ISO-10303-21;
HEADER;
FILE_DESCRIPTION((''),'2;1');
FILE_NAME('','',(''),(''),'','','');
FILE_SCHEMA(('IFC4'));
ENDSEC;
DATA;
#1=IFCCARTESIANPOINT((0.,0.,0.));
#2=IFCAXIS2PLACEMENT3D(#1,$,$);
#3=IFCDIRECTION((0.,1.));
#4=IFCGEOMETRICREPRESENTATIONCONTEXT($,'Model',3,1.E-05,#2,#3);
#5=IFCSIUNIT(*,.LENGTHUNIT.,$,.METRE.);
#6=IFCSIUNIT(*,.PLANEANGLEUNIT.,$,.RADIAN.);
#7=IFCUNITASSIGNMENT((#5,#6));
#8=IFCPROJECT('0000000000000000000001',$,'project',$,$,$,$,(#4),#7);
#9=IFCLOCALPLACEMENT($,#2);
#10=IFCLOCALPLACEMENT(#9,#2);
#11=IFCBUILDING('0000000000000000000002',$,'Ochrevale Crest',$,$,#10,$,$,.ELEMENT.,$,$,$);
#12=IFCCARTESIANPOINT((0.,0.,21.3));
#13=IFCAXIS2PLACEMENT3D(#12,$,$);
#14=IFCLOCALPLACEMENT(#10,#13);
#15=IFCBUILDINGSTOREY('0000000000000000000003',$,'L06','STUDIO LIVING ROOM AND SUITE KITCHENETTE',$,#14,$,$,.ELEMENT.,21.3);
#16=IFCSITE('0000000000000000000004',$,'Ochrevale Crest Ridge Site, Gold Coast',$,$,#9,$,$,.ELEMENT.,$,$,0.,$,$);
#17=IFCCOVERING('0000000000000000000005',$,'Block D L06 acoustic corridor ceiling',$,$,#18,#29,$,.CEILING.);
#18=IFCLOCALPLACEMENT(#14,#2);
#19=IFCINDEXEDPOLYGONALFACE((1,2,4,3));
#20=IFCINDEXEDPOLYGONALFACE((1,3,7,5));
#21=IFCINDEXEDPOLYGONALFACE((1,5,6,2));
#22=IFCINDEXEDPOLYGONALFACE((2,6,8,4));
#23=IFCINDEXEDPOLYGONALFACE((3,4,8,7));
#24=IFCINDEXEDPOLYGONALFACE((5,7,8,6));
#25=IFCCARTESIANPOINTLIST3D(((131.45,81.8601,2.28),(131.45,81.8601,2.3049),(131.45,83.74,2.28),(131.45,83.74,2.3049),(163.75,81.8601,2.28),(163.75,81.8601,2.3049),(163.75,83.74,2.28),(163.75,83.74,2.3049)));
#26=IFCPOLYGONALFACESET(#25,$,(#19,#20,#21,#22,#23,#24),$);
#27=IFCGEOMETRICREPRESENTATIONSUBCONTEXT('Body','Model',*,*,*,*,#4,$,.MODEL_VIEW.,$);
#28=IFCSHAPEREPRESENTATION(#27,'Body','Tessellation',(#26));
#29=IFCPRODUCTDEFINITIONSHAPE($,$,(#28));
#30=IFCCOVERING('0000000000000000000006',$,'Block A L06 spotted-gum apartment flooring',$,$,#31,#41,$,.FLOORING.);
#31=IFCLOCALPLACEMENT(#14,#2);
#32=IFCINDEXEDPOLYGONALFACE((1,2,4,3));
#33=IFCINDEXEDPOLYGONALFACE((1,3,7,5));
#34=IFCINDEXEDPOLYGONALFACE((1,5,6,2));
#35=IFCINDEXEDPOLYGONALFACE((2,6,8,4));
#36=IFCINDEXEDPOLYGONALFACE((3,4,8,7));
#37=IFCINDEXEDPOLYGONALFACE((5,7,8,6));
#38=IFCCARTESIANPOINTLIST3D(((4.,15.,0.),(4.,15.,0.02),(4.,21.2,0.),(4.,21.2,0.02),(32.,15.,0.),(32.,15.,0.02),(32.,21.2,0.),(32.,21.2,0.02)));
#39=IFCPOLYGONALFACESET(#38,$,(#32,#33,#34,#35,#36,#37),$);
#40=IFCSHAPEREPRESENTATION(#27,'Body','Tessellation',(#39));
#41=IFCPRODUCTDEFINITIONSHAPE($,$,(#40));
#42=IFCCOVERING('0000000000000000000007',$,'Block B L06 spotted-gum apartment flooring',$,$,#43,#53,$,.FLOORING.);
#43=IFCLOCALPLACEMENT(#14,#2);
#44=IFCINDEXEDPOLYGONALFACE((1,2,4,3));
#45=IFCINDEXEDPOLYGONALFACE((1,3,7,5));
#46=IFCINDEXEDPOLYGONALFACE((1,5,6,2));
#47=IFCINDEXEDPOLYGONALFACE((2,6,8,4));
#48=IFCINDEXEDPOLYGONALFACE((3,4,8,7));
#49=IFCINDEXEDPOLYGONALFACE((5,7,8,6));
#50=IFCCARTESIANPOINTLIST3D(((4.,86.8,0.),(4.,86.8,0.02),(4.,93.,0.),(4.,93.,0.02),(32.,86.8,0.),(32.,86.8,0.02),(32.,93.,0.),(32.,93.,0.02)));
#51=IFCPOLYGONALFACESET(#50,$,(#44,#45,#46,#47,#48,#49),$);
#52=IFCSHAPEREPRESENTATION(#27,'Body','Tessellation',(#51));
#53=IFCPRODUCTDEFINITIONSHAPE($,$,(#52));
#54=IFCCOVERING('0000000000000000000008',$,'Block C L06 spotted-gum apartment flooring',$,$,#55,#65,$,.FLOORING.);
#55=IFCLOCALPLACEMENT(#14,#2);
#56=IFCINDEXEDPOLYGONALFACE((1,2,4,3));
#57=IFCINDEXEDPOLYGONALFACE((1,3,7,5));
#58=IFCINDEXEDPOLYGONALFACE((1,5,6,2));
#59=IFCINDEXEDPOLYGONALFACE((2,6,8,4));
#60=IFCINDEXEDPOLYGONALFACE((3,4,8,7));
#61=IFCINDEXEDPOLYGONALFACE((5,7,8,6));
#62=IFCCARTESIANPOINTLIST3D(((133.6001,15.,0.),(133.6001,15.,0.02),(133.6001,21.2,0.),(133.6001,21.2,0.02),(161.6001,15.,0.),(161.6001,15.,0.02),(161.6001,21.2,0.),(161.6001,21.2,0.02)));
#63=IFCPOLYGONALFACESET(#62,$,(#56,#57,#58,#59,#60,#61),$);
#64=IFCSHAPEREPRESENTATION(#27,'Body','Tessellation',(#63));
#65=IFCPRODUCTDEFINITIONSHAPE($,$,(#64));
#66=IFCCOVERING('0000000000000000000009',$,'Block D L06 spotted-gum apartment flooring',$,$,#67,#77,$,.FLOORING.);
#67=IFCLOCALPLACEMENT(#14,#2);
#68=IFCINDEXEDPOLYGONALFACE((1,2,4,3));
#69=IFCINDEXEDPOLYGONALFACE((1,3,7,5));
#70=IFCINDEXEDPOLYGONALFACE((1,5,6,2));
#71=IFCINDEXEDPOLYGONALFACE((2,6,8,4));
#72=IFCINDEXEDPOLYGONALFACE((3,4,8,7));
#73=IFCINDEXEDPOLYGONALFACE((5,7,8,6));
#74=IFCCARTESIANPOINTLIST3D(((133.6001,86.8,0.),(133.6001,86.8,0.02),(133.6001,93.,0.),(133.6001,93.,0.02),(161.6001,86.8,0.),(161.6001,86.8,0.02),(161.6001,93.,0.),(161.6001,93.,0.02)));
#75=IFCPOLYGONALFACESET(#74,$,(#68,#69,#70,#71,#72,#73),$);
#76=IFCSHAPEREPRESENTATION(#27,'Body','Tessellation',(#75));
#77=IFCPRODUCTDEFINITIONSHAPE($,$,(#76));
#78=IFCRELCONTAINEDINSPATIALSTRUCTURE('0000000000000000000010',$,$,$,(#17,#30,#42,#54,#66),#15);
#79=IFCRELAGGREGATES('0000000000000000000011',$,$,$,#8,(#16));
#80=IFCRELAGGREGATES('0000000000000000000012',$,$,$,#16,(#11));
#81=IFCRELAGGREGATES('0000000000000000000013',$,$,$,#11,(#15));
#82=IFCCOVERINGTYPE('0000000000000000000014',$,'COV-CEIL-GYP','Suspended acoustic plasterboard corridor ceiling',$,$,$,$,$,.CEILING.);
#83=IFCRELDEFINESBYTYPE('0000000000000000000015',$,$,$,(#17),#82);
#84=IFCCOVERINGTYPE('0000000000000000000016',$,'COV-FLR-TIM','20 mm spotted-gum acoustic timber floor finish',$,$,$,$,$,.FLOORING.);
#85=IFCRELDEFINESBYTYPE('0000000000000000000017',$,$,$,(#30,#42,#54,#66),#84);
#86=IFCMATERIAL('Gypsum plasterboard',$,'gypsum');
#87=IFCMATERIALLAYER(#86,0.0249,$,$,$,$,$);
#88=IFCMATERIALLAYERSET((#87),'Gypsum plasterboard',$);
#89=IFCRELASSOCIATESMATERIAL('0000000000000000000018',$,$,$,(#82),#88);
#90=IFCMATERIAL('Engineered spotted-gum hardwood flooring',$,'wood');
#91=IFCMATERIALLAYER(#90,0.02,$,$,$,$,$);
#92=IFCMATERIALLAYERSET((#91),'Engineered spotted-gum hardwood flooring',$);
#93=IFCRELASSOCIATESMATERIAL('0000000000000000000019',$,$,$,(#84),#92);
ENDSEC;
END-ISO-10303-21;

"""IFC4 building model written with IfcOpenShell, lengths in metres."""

from ifc_helpers import new_model, si_unit, direction, frame, origin, place, context, subcontext, project, spatial, polyline, outline, extrude, material, layer, layer_set, type_object, element, save


model = new_model("IFC4")

# Units and contexts
model_context = context("Model", 3, precision=1e-05, world=origin(), true_north=direction((0.0, 1.0)))
body_context = subcontext(model_context, "Body", "Model", "MODEL_VIEW")
ifc_project = project(units=[si_unit("LENGTHUNIT", "METRE"), si_unit("PLANEANGLEUNIT", "RADIAN")], contexts=[model_context])

# Site, building, storey
site_placement = place(None, origin())
site = spatial("IfcSite", under=ifc_project, at=site_placement, Name="Ochrevale Crest Ridge Site, Gold Coast", CompositionType="ELEMENT", RefElevation=0.0)
building_placement = place(site_placement, origin())
building = spatial("IfcBuilding", under=site, at=building_placement, Name="Ochrevale Crest", CompositionType="ELEMENT")
storey_placement = place(building_placement, frame((0.0, 0.0, 21.3)))
storey = spatial("IfcBuildingStorey", under=building, at=storey_placement, Name="L06", Description="STUDIO LIVING ROOM AND SUITE KITCHENETTE", CompositionType="ELEMENT", Elevation=21.3)

# Coverings
ifc_material_1 = material(Name="Gypsum plasterboard", Category="gypsum")
ifc_layer_1 = layer(ifc_material_1, 0.0249)
ifc_layer_set_1 = layer_set([ifc_layer_1], Name="Gypsum plasterboard")
covering_type_1 = type_object("IfcCoveringType", Name="COV-CEIL-GYP", Description="Suspended acoustic plasterboard corridor ceiling", PredefinedType="CEILING", material=ifc_layer_set_1)
covering_1_placement = place(storey_placement, frame((0.0, 0.0, 2.28)))
element("IfcCovering", 1, at=covering_1_placement, inside=storey, type_object=covering_type_1, Name="Block D L06 acoustic corridor ceiling", PredefinedType="CEILING", context=body_context, shape_type="SweptSolid", body=[
    extrude(outline(polyline([(131.45, 81.8601), (163.75, 81.8601), (163.75, 83.74), (131.45, 83.74), (131.45, 81.8601)])), origin(), (0.0, 0.0, 1.0), 0.0249),
])
ifc_material_2 = material(Name="Engineered spotted-gum hardwood flooring", Category="wood")
ifc_layer_2 = layer(ifc_material_2, 0.02)
ifc_layer_set_2 = layer_set([ifc_layer_2], Name="Engineered spotted-gum hardwood flooring")
covering_type_2 = type_object("IfcCoveringType", Name="COV-FLR-TIM", Description="20 mm spotted-gum acoustic timber floor finish", PredefinedType="FLOORING", material=ifc_layer_set_2)
covering_2_placement = place(storey_placement, origin())
element("IfcCovering", 2, at=covering_2_placement, inside=storey, type_object=covering_type_2, Name="Block A L06 spotted-gum apartment flooring", PredefinedType="FLOORING", context=body_context, shape_type="SweptSolid", body=[
    extrude(outline(polyline([(4.0, 15.0), (32.0, 15.0), (32.0, 21.2), (4.0, 21.2), (4.0, 15.0)])), origin(), (0.0, 0.0, 1.0), 0.02),
])
covering_3_placement = place(storey_placement, origin())
element("IfcCovering", 3, at=covering_3_placement, inside=storey, type_object=covering_type_2, Name="Block B L06 spotted-gum apartment flooring", PredefinedType="FLOORING", context=body_context, shape_type="SweptSolid", body=[
    extrude(outline(polyline([(4.0, 86.8), (32.0, 86.8), (32.0, 93.0), (4.0, 93.0), (4.0, 86.8)])), origin(), (0.0, 0.0, 1.0), 0.02),
])
covering_4_placement = place(storey_placement, origin())
element("IfcCovering", 4, at=covering_4_placement, inside=storey, type_object=covering_type_2, Name="Block C L06 spotted-gum apartment flooring", PredefinedType="FLOORING", context=body_context, shape_type="SweptSolid", body=[
    extrude(outline(polyline([(133.6001, 15.0), (161.6001, 15.0), (161.6001, 21.2), (133.6001, 21.2), (133.6001, 15.0)])), origin(), (0.0, 0.0, 1.0), 0.02),
])
covering_5_placement = place(storey_placement, origin())
element("IfcCovering", 5, at=covering_5_placement, inside=storey, type_object=covering_type_2, Name="Block D L06 spotted-gum apartment flooring", PredefinedType="FLOORING", context=body_context, shape_type="SweptSolid", body=[
    extrude(outline(polyline([(133.6001, 86.8), (161.6001, 86.8), (161.6001, 93.0), (133.6001, 93.0), (133.6001, 86.8)])), origin(), (0.0, 0.0, 1.0), 0.02),
])

save(model, "model.ifc")
